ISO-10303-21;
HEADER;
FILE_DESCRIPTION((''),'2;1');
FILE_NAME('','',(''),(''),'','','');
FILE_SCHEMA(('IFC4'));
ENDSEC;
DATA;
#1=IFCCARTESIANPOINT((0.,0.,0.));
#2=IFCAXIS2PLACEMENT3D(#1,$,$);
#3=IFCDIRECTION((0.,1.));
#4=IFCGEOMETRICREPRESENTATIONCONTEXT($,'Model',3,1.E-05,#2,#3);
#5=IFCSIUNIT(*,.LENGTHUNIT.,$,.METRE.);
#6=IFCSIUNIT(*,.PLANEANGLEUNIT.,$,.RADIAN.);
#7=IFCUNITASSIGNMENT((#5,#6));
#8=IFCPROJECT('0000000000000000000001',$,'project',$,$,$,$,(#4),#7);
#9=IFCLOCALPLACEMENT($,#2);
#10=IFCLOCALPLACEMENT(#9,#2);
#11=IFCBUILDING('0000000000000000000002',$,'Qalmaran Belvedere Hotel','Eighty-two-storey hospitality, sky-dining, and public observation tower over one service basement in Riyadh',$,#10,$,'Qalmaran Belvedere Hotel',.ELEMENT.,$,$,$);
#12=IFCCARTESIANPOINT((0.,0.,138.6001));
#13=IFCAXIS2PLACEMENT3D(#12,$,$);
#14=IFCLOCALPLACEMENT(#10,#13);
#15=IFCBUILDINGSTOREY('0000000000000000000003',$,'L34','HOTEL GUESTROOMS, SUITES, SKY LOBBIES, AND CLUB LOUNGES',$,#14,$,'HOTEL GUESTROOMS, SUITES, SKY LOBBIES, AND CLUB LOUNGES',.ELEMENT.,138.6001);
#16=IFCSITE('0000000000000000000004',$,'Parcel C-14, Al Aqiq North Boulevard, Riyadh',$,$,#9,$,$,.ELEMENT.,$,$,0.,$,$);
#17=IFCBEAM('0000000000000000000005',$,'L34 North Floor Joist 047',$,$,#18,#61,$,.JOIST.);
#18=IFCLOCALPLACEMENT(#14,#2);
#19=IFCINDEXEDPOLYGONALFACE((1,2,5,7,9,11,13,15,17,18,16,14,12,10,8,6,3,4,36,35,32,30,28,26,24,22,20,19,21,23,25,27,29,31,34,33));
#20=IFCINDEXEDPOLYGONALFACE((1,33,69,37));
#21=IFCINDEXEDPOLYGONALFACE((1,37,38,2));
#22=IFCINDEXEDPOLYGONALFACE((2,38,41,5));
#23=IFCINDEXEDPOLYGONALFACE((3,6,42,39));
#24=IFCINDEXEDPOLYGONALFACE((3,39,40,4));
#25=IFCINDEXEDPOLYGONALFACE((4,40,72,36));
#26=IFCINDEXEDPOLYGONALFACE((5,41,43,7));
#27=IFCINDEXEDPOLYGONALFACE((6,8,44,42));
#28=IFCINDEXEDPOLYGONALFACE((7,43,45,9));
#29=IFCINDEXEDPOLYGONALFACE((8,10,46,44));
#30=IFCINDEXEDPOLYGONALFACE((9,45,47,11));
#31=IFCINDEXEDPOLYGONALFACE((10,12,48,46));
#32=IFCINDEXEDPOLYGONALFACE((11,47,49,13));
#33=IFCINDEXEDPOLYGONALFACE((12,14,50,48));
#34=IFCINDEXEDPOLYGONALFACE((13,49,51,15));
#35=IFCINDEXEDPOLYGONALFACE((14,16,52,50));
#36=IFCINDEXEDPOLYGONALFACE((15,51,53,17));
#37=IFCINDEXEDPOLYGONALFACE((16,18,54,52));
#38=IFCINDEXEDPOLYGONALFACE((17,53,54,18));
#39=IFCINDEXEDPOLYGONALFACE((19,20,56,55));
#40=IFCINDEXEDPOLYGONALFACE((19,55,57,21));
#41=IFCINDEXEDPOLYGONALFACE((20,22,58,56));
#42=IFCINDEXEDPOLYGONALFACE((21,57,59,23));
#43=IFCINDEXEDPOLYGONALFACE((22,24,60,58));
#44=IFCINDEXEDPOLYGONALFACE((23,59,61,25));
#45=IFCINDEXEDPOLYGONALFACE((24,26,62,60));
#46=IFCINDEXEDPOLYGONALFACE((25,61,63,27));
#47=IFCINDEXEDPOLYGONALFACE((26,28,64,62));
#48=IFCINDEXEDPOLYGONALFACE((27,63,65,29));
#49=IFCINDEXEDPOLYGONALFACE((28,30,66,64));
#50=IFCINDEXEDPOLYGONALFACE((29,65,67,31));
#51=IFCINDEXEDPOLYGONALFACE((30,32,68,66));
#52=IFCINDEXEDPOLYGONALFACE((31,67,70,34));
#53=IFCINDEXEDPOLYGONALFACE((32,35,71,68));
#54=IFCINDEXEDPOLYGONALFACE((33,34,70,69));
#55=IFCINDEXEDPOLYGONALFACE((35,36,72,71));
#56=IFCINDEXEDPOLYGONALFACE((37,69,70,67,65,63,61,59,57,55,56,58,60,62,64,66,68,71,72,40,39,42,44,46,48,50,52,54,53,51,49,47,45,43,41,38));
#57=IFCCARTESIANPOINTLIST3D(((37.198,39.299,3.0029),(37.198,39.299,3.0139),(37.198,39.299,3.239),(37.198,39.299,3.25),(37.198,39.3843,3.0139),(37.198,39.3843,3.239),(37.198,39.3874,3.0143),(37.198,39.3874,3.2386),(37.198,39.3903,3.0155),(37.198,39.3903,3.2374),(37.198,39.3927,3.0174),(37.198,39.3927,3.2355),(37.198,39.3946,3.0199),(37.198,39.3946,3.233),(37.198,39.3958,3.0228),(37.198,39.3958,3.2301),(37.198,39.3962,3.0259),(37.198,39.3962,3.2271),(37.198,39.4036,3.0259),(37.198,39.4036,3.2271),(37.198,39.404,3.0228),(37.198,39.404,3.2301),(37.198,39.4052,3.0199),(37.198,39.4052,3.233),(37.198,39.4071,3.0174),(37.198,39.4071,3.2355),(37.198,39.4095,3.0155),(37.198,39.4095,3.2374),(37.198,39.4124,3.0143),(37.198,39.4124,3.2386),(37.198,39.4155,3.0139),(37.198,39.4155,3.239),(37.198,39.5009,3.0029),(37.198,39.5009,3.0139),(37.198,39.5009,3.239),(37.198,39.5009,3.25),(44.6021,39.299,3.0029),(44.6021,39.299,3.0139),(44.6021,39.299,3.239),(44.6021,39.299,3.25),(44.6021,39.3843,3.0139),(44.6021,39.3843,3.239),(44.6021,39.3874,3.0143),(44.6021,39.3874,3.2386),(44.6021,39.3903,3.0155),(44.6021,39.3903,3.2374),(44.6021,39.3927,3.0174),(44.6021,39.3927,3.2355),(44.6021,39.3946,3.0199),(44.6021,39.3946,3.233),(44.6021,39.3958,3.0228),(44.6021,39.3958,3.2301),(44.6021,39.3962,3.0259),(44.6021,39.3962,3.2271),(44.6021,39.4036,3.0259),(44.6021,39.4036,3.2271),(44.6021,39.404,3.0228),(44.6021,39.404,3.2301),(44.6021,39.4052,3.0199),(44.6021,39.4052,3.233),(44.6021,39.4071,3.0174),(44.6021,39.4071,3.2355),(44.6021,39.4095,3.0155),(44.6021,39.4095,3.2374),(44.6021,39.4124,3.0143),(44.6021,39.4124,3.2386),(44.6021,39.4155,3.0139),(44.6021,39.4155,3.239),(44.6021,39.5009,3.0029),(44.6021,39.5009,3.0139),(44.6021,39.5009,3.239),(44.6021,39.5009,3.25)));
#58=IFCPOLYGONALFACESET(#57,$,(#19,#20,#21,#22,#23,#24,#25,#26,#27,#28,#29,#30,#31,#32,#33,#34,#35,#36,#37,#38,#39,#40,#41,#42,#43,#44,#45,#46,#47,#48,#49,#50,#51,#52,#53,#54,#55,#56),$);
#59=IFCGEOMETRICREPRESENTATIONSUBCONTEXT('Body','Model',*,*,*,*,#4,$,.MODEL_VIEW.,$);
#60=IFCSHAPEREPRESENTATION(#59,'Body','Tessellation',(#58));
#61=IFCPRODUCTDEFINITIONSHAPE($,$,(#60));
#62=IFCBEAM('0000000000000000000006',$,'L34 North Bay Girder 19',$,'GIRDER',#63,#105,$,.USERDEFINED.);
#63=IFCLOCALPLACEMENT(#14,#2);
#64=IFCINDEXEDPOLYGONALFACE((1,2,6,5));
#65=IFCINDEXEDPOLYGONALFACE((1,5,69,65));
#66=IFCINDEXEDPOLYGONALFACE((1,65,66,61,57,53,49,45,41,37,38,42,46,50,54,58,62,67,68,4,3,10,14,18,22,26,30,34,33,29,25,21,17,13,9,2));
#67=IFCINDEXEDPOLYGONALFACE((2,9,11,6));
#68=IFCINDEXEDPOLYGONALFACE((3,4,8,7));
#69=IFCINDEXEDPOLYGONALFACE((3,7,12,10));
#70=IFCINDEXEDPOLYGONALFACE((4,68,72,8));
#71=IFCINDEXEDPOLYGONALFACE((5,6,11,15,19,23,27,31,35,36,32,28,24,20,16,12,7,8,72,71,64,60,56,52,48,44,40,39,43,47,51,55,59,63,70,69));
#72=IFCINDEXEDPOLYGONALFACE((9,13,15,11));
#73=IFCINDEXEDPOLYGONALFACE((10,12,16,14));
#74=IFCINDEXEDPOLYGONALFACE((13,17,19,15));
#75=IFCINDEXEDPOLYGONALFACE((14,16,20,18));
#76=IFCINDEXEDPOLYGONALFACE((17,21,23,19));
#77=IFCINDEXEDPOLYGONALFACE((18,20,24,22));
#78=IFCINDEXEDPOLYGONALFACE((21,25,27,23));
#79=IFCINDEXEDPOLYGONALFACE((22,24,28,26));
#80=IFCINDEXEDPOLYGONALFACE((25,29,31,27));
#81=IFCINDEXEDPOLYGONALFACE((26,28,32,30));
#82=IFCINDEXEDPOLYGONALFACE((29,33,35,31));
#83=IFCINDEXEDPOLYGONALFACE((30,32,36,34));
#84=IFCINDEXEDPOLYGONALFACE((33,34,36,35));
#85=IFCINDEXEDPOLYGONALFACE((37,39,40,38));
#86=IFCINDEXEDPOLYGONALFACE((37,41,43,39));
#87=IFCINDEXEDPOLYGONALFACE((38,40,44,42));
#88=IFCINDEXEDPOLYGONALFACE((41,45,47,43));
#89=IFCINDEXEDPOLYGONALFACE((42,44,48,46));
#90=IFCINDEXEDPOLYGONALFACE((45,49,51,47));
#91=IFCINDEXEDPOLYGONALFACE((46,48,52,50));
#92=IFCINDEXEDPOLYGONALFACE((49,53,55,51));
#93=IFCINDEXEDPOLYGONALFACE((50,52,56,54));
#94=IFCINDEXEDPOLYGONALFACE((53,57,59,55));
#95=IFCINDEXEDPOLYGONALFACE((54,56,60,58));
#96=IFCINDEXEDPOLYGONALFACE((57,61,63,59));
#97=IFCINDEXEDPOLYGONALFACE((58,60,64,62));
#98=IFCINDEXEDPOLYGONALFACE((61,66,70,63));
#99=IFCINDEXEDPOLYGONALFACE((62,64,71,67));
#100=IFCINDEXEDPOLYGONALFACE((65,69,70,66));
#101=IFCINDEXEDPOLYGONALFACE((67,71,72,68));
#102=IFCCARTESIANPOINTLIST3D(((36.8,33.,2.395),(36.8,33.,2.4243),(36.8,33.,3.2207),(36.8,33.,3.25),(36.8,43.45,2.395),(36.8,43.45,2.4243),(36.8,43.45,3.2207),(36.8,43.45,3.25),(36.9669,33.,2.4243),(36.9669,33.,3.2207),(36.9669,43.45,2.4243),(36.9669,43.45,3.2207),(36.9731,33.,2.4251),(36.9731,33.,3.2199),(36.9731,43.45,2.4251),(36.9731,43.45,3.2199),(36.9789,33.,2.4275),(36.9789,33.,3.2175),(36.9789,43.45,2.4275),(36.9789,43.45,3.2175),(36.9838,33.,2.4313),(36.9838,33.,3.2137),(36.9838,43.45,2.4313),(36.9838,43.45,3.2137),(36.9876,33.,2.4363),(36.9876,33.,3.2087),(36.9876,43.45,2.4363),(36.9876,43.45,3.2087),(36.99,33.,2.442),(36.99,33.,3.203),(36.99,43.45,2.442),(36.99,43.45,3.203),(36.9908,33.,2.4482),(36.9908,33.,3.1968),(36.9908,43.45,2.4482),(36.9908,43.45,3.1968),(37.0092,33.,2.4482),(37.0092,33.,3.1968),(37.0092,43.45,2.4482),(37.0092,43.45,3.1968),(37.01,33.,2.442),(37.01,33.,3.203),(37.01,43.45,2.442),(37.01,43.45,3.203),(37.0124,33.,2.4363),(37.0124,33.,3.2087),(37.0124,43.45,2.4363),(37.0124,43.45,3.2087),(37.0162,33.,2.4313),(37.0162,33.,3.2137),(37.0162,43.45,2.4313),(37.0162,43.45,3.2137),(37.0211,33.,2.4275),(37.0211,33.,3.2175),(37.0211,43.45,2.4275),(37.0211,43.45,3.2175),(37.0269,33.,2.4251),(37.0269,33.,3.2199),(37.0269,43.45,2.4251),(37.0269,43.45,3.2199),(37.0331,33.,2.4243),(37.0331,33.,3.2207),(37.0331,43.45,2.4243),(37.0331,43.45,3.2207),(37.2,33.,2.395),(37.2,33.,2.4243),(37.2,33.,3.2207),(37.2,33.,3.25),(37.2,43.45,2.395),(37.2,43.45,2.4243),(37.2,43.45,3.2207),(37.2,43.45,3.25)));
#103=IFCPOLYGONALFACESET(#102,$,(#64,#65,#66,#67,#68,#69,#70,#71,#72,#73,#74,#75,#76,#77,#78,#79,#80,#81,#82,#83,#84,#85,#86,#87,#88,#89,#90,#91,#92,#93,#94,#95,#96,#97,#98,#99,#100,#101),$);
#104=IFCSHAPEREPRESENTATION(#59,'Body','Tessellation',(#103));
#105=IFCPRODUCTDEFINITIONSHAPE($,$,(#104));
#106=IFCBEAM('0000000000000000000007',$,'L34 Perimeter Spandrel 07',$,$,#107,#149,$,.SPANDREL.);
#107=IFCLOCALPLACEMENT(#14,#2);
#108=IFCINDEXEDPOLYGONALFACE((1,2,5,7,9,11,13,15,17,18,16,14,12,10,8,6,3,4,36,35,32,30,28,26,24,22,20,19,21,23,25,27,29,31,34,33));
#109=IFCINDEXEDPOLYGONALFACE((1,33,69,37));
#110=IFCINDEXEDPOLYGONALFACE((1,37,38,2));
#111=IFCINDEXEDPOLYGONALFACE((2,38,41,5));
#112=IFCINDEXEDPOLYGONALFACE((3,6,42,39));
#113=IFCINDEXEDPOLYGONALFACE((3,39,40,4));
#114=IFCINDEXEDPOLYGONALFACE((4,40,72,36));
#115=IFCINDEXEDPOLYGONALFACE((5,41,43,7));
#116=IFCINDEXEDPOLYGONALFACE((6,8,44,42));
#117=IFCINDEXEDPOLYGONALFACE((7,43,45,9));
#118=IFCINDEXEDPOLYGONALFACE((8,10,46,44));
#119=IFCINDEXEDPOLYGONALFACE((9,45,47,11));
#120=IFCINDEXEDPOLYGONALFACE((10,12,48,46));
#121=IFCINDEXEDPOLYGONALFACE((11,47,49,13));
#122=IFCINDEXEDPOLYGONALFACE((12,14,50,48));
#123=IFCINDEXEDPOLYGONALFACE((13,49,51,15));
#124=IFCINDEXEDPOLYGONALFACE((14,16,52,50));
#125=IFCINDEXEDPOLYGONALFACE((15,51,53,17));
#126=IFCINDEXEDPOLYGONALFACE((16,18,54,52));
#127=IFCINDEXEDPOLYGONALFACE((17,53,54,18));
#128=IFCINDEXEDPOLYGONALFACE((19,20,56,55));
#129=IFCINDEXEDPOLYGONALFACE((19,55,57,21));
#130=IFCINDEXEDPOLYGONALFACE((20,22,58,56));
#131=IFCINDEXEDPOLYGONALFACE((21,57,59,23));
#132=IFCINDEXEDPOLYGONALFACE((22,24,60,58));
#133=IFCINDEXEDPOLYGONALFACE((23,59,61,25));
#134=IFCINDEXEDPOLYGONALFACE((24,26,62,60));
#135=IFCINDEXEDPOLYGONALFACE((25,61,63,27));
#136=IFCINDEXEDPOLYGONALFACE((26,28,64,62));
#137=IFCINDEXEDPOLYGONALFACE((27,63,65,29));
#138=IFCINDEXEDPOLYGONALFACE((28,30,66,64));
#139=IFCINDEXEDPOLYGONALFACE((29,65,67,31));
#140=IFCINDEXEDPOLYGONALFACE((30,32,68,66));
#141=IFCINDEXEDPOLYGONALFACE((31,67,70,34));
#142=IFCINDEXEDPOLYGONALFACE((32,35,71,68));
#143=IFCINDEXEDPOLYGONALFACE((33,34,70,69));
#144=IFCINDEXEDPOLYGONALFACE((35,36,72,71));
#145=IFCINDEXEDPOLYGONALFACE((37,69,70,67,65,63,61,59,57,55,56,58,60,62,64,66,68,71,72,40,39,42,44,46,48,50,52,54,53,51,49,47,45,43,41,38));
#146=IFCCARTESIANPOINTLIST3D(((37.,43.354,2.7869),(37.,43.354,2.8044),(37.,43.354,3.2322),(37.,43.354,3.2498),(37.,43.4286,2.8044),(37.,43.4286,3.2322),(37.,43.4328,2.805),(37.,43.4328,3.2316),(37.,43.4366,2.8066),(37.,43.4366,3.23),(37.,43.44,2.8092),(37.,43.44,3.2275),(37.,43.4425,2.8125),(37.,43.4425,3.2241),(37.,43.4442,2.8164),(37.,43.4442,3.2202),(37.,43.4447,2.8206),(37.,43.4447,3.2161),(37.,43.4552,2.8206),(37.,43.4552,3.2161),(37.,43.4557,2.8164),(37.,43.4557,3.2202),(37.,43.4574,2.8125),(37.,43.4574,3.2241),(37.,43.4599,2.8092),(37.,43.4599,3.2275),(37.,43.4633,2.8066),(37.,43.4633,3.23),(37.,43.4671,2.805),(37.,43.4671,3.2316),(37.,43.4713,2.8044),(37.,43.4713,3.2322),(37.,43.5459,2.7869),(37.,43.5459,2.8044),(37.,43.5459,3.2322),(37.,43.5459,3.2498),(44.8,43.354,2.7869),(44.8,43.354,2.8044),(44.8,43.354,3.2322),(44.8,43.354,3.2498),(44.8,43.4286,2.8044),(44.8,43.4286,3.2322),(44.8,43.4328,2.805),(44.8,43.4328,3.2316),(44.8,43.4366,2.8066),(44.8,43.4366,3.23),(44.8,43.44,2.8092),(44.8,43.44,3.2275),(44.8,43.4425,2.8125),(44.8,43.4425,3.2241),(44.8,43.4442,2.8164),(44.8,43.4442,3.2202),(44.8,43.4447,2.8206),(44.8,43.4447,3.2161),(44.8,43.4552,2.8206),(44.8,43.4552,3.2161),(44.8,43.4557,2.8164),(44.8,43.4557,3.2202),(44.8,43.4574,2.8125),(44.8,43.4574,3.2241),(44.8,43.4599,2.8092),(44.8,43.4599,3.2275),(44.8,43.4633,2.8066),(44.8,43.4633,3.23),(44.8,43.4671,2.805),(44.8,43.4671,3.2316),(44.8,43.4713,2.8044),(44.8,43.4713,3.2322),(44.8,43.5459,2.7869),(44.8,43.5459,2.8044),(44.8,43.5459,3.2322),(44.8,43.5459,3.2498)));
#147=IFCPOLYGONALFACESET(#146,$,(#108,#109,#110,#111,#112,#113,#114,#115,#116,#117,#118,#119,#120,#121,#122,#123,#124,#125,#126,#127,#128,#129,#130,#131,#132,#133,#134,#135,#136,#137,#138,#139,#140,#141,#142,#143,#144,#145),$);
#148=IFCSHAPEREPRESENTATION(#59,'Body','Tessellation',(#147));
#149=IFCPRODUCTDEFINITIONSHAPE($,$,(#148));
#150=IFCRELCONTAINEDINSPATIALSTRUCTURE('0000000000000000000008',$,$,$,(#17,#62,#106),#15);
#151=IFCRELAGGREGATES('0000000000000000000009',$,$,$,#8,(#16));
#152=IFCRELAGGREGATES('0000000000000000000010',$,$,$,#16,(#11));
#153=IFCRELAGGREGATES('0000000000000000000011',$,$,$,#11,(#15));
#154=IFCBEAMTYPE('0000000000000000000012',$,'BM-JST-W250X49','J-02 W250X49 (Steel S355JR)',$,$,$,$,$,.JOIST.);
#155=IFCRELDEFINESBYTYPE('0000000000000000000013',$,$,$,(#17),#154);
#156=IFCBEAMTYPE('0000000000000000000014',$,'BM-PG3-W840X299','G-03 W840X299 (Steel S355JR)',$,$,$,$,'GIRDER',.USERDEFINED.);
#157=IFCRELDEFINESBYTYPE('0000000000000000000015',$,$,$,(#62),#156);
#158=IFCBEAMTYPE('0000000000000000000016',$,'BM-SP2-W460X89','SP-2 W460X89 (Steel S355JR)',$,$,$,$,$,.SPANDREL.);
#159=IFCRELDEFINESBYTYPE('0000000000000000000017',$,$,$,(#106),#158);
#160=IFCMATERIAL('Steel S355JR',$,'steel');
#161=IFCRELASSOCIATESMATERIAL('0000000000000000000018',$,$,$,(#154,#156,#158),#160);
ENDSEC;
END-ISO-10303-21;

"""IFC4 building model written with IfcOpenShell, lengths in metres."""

from ifc_helpers import new_model, si_unit, direction, frame, origin, origin_2d, place, context, subcontext, project, spatial, i_section, extrude, material, material_profile, profile_set, type_object, element, save


model = new_model("IFC4")

# Units and contexts
model_context = context("Model", 3, precision=1e-05, world=origin(), true_north=direction((0.0, 1.0)))
body_context = subcontext(model_context, "Body", "Model", "MODEL_VIEW")
ifc_project = project(units=[si_unit("LENGTHUNIT", "METRE"), si_unit("PLANEANGLEUNIT", "RADIAN")], contexts=[model_context])

# Site, building, storey
site_placement = place(None, origin())
site = spatial("IfcSite", under=ifc_project, at=site_placement, Name="Parcel C-14, Al Aqiq North Boulevard, Riyadh", CompositionType="ELEMENT", RefElevation=0.0)
building_placement = place(site_placement, origin())
building = spatial("IfcBuilding", under=site, at=building_placement, Name="Qalmaran Belvedere Hotel", Description="Eighty-two-storey hospitality, sky-dining, and public observation tower over one service basement in Riyadh", LongName="Qalmaran Belvedere Hotel", CompositionType="ELEMENT")
storey_placement = place(building_placement, frame((0.0, 0.0, 138.6001)))
storey = spatial("IfcBuildingStorey", under=building, at=storey_placement, Name="L34", Description="HOTEL GUESTROOMS, SUITES, SKY LOBBIES, AND CLUB LOUNGES", LongName="HOTEL GUESTROOMS, SUITES, SKY LOBBIES, AND CLUB LOUNGES", CompositionType="ELEMENT", Elevation=138.6001)

# Beams
ifc_material_1 = material(Name="Steel S355JR", Category="steel")
ifc_material_profile_1 = material_profile(ifc_material_1, i_section(OverallWidth=0.2019, OverallDepth=0.2471, WebThickness=0.0073, FlangeThickness=0.011, FilletRadius=0.012, at=origin_2d()), Name="W250X49")
ifc_profile_set_1 = profile_set([ifc_material_profile_1], Name="Steel S355JR")
beam_type_1 = type_object("IfcBeamType", Name="BM-JST-W250X49", Description="J-02 W250X49 (Steel S355JR)", PredefinedType="JOIST", material=ifc_profile_set_1)
for number, where, z_axis, x_axis, name in (
    (1, (37.198, 39.3999, 3.1265), (1.0, 0.0, 0.0), (0.0, 1.0, 0.0), "L34 North Floor Joist 047"),
):
    element("IfcBeam", number, at=place(storey_placement, frame(where, z_axis=z_axis, x_axis=x_axis)), inside=storey, type_object=beam_type_1, Name=name, PredefinedType="JOIST", context=body_context, shape_type="SweptSolid", body=[
        extrude(i_section(OverallWidth=0.2019, OverallDepth=0.2471, WebThickness=0.0073, FlangeThickness=0.011, FilletRadius=0.012, at=origin_2d()), origin(), (0.0, 0.0, 1.0), 7.4041),
    ])
ifc_material_profile_2 = material_profile(ifc_material_1, i_section(OverallWidth=0.3999, OverallDepth=0.855, WebThickness=0.0183, FlangeThickness=0.0293, FilletRadius=0.0239, at=origin_2d()), Name="W840X299")
ifc_profile_set_2 = profile_set([ifc_material_profile_2], Name="Steel S355JR")
beam_type_2 = type_object("IfcBeamType", Name="BM-PG3-W840X299", Description="G-03 W840X299 (Steel S355JR)", ElementType="GIRDER", PredefinedType="USERDEFINED", material=ifc_profile_set_2)
beam_1_placement = place(storey_placement, frame((37.0, 33.0, 2.8225), z_axis=(0.0, 1.0, 0.0), x_axis=(-1.0, 0.0, 0.0)))
element("IfcBeam", 2, at=beam_1_placement, inside=storey, type_object=beam_type_2, Name="L34 North Bay Girder 19", ObjectType="GIRDER", PredefinedType="USERDEFINED", context=body_context, shape_type="SweptSolid", body=[
    extrude(i_section(OverallWidth=0.3999, OverallDepth=0.855, WebThickness=0.0183, FlangeThickness=0.0293, FilletRadius=0.0239, at=origin_2d()), origin(), (0.0, 0.0, 1.0), 10.45),
])
ifc_material_profile_3 = material_profile(ifc_material_1, i_section(OverallWidth=0.1919, OverallDepth=0.4629, WebThickness=0.0105, FlangeThickness=0.0176, FilletRadius=0.0161, at=origin_2d()), Name="W460X89")
ifc_profile_set_3 = profile_set([ifc_material_profile_3], Name="Steel S355JR")
beam_type_3 = type_object("IfcBeamType", Name="BM-SP2-W460X89", Description="SP-2 W460X89 (Steel S355JR)", PredefinedType="SPANDREL", material=ifc_profile_set_3)
beam_2_placement = place(storey_placement, frame((37.0, 43.45, 3.0183), z_axis=(1.0, 0.0, 0.0), x_axis=(0.0, 1.0, 0.0)))
element("IfcBeam", 3, at=beam_2_placement, inside=storey, type_object=beam_type_3, Name="L34 Perimeter Spandrel 07", PredefinedType="SPANDREL", context=body_context, shape_type="SweptSolid", body=[
    extrude(i_section(OverallWidth=0.1919, OverallDepth=0.4629, WebThickness=0.0105, FlangeThickness=0.0176, FilletRadius=0.0161, at=origin_2d()), origin(), (0.0, 0.0, 1.0), 7.8),
])

save(model, "model.ifc")
